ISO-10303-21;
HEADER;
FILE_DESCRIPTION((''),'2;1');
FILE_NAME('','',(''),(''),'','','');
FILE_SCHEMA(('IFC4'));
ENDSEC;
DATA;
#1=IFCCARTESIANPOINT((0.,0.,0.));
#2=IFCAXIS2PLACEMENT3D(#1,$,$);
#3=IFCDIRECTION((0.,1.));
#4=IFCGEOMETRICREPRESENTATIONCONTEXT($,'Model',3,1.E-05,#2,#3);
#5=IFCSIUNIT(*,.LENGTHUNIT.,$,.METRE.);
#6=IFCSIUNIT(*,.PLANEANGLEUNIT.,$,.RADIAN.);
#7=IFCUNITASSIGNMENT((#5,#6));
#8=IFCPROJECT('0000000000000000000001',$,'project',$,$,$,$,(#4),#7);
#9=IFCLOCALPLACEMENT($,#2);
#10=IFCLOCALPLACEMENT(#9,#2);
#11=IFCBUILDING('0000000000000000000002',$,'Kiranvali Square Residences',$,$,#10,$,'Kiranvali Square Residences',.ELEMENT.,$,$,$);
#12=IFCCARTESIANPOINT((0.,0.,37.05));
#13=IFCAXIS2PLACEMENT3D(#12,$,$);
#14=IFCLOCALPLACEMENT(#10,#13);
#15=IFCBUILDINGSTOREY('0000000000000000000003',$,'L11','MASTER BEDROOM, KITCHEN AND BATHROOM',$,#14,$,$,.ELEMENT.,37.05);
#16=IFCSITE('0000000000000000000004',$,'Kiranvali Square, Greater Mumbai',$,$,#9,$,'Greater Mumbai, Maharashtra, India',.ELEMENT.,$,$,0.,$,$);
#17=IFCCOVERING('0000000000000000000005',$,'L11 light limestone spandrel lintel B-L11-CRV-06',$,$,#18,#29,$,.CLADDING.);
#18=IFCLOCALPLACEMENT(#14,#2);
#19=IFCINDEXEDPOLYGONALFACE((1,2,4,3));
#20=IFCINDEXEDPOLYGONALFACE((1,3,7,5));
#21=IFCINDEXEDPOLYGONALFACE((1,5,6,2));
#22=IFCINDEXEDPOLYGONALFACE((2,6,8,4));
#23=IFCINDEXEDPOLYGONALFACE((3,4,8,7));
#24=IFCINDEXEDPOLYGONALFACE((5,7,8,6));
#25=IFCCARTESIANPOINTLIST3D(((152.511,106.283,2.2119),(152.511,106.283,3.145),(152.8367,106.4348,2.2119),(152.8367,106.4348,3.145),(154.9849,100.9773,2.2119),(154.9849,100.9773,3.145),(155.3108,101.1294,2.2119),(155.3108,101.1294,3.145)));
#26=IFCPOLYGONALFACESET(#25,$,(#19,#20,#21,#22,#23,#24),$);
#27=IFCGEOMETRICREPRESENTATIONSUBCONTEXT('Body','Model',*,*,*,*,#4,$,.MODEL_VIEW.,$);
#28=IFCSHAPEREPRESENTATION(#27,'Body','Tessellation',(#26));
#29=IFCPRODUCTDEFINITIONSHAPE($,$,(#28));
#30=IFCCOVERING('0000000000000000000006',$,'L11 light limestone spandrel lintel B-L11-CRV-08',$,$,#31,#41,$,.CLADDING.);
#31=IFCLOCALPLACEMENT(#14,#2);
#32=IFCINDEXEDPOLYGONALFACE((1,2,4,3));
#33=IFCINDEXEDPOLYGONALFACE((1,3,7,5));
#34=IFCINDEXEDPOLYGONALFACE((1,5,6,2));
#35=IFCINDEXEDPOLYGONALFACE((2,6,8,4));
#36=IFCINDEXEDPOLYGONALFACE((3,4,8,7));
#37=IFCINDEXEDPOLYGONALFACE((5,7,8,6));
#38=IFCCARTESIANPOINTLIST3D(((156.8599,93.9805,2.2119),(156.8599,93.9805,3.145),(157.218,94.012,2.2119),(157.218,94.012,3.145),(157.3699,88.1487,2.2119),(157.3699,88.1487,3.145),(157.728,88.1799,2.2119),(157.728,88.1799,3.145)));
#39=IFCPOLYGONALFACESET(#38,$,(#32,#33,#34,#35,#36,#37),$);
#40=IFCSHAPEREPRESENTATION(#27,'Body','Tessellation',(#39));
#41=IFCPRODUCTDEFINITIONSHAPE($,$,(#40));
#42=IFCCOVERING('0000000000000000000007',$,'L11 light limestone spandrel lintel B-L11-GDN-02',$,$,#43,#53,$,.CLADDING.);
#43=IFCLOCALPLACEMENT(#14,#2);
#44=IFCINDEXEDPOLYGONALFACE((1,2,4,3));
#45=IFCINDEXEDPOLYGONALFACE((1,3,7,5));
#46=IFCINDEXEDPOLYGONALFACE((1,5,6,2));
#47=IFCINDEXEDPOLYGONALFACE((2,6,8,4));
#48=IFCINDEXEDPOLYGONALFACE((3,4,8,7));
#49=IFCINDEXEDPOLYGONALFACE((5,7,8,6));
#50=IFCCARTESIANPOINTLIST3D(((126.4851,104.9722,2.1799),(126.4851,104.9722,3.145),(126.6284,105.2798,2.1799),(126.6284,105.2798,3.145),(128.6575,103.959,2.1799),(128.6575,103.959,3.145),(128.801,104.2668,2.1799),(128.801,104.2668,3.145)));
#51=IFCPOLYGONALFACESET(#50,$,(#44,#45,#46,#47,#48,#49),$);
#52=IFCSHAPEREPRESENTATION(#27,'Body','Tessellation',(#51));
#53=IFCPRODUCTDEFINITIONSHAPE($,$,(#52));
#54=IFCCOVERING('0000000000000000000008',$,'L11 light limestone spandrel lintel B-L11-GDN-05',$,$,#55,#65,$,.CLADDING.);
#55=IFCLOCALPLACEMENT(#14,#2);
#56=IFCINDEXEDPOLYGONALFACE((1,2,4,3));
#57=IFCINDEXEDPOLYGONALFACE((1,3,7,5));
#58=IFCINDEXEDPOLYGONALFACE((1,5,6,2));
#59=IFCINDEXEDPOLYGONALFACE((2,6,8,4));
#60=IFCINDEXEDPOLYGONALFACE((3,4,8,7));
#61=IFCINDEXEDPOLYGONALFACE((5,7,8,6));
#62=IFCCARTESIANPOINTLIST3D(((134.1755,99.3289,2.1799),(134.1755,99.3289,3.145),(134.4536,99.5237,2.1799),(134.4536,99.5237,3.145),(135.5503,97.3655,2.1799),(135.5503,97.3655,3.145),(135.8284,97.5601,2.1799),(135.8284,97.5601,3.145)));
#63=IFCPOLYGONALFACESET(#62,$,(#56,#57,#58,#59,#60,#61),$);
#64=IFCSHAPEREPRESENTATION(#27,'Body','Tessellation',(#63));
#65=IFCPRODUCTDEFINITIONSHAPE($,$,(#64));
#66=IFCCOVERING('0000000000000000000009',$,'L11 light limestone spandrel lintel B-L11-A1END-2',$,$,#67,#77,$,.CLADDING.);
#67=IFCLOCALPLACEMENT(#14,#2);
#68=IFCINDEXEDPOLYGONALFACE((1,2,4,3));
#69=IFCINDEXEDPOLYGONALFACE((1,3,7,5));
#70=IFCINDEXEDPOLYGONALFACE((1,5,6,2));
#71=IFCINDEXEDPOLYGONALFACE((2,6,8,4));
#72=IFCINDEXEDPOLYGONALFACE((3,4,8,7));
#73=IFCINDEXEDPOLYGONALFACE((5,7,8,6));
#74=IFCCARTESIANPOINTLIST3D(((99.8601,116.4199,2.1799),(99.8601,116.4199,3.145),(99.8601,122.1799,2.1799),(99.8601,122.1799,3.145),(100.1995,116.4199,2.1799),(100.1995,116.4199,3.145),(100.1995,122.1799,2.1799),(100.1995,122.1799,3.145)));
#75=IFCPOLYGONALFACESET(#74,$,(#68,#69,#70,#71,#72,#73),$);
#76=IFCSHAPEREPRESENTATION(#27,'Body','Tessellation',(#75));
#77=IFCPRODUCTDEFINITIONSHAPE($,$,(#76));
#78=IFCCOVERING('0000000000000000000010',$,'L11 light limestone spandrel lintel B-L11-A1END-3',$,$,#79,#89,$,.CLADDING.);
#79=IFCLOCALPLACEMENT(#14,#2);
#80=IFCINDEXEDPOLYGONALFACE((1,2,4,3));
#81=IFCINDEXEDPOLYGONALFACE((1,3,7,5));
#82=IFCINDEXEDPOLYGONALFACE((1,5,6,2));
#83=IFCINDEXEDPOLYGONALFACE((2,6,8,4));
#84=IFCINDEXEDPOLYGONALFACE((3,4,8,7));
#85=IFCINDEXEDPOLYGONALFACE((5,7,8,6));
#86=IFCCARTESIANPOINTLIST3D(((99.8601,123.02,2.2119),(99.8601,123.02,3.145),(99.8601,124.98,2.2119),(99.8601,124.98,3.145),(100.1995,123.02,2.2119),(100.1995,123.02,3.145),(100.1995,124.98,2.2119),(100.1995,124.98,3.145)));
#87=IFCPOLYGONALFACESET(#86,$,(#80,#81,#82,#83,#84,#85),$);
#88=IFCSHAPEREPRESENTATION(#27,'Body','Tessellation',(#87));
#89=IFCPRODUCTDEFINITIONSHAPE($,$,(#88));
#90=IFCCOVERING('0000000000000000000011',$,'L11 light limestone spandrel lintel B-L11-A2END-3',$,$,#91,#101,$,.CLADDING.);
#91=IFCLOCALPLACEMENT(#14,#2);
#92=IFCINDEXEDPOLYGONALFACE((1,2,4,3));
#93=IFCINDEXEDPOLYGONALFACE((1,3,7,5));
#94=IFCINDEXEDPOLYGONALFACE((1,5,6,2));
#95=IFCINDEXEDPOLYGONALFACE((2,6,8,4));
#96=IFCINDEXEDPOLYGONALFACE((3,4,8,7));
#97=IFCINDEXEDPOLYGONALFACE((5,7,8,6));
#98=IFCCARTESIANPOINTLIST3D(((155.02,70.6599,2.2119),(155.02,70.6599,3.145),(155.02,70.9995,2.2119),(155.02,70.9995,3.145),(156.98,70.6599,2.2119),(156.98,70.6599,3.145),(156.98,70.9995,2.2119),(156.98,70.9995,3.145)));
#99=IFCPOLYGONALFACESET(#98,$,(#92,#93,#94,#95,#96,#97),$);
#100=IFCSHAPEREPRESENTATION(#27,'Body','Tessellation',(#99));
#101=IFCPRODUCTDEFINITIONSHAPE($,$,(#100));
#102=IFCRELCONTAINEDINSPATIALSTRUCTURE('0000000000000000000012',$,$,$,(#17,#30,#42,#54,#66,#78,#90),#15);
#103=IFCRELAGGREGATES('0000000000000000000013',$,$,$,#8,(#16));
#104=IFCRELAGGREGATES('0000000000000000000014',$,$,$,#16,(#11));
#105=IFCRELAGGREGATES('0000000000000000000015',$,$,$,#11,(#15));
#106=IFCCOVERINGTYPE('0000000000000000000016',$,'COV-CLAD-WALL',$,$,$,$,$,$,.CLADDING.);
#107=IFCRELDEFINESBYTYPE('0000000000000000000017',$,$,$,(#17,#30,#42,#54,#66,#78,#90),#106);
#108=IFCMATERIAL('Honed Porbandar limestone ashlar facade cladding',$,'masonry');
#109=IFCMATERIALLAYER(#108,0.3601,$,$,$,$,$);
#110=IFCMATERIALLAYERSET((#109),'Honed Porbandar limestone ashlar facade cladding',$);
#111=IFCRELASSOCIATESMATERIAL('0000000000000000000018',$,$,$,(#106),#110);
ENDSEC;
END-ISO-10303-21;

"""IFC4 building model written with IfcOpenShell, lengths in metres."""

from ifc_helpers import new_model, si_unit, direction, frame, origin, place, context, subcontext, project, spatial, polyline, outline, extrude, material, layer, layer_set, type_object, element, save


model = new_model("IFC4")

# Units and contexts
model_context = context("Model", 3, precision=1e-05, world=origin(), true_north=direction((0.0, 1.0)))
body_context = subcontext(model_context, "Body", "Model", "MODEL_VIEW")
ifc_project = project(units=[si_unit("LENGTHUNIT", "METRE"), si_unit("PLANEANGLEUNIT", "RADIAN")], contexts=[model_context])

# Site, building, storey
site_placement = place(None, origin())
site = spatial("IfcSite", under=ifc_project, at=site_placement, Name="Kiranvali Square, Greater Mumbai", LongName="Greater Mumbai, Maharashtra, India", CompositionType="ELEMENT", RefElevation=0.0)
building_placement = place(site_placement, origin())
building = spatial("IfcBuilding", under=site, at=building_placement, Name="Kiranvali Square Residences", LongName="Kiranvali Square Residences", CompositionType="ELEMENT")
storey_placement = place(building_placement, frame((0.0, 0.0, 37.05)))
storey = spatial("IfcBuildingStorey", under=building, at=storey_placement, Name="L11", Description="MASTER BEDROOM, KITCHEN AND BATHROOM", CompositionType="ELEMENT", Elevation=37.05)

# Coverings
ifc_material = material(Name="Honed Porbandar limestone ashlar facade cladding", Category="masonry")
ifc_layer = layer(ifc_material, 0.3601)
ifc_layer_set = layer_set([ifc_layer], Name="Honed Porbandar limestone ashlar facade cladding")
covering_type = type_object("IfcCoveringType", Name="COV-CLAD-WALL", PredefinedType="CLADDING", material=ifc_layer_set)
covering_1_placement = place(storey_placement, frame((0.0, 0.0, 2.2119)))
element("IfcCovering", 1, at=covering_1_placement, inside=storey, type_object=covering_type, Name="L11 light limestone spandrel lintel B-L11-CRV-06", PredefinedType="CLADDING", context=body_context, shape_type="SweptSolid", body=[
    extrude(outline(polyline([(152.511, 106.283), (154.9849, 100.9773), (155.3108, 101.1294), (152.8367, 106.4348), (152.511, 106.283)])), origin(), (0.0, 0.0, 1.0), 0.9331),
])
covering_2_placement = place(storey_placement, frame((0.0, 0.0, 2.2119)))
element("IfcCovering", 2, at=covering_2_placement, inside=storey, type_object=covering_type, Name="L11 light limestone spandrel lintel B-L11-CRV-08", PredefinedType="CLADDING", context=body_context, shape_type="SweptSolid", body=[
    extrude(outline(polyline([(156.8599, 93.9805), (157.3699, 88.1487), (157.728, 88.1799), (157.218, 94.012), (156.8599, 93.9805)])), origin(), (0.0, 0.0, 1.0), 0.9331),
])
covering_3_placement = place(storey_placement, frame((0.0, 0.0, 2.1799)))
element("IfcCovering", 3, at=covering_3_placement, inside=storey, type_object=covering_type, Name="L11 light limestone spandrel lintel B-L11-GDN-02", PredefinedType="CLADDING", context=body_context, shape_type="SweptSolid", body=[
    extrude(outline(polyline([(126.4851, 104.9722), (128.6575, 103.959), (128.801, 104.2668), (126.6284, 105.2798), (126.4851, 104.9722)])), origin(), (0.0, 0.0, 1.0), 0.9651),
])
covering_4_placement = place(storey_placement, frame((0.0, 0.0, 2.1799)))
element("IfcCovering", 4, at=covering_4_placement, inside=storey, type_object=covering_type, Name="L11 light limestone spandrel lintel B-L11-GDN-05", PredefinedType="CLADDING", context=body_context, shape_type="SweptSolid", body=[
    extrude(outline(polyline([(134.1755, 99.3289), (135.5503, 97.3655), (135.8284, 97.5601), (134.4536, 99.5237), (134.1755, 99.3289)])), origin(), (0.0, 0.0, 1.0), 0.9651),
])
covering_5_placement = place(storey_placement, frame((0.0, 0.0, 2.1799)))
element("IfcCovering", 5, at=covering_5_placement, inside=storey, type_object=covering_type, Name="L11 light limestone spandrel lintel B-L11-A1END-2", PredefinedType="CLADDING", context=body_context, shape_type="SweptSolid", body=[
    extrude(outline(polyline([(100.1995, 116.4199), (100.1995, 122.1799), (99.8601, 122.1799), (99.8601, 116.4199), (100.1995, 116.4199)])), origin(), (0.0, 0.0, 1.0), 0.9651),
])
covering_6_placement = place(storey_placement, frame((0.0, 0.0, 2.2119)))
element("IfcCovering", 6, at=covering_6_placement, inside=storey, type_object=covering_type, Name="L11 light limestone spandrel lintel B-L11-A1END-3", PredefinedType="CLADDING", context=body_context, shape_type="SweptSolid", body=[
    extrude(outline(polyline([(100.1995, 123.02), (100.1995, 124.98), (99.8601, 124.98), (99.8601, 123.02), (100.1995, 123.02)])), origin(), (0.0, 0.0, 1.0), 0.9331),
])
covering_7_placement = place(storey_placement, frame((0.0, 0.0, 2.2119)))
element("IfcCovering", 7, at=covering_7_placement, inside=storey, type_object=covering_type, Name="L11 light limestone spandrel lintel B-L11-A2END-3", PredefinedType="CLADDING", context=body_context, shape_type="SweptSolid", body=[
    extrude(outline(polyline([(155.02, 70.6599), (156.98, 70.6599), (156.98, 70.9995), (155.02, 70.9995), (155.02, 70.6599)])), origin(), (0.0, 0.0, 1.0), 0.9331),
])

save(model, "model.ifc")
